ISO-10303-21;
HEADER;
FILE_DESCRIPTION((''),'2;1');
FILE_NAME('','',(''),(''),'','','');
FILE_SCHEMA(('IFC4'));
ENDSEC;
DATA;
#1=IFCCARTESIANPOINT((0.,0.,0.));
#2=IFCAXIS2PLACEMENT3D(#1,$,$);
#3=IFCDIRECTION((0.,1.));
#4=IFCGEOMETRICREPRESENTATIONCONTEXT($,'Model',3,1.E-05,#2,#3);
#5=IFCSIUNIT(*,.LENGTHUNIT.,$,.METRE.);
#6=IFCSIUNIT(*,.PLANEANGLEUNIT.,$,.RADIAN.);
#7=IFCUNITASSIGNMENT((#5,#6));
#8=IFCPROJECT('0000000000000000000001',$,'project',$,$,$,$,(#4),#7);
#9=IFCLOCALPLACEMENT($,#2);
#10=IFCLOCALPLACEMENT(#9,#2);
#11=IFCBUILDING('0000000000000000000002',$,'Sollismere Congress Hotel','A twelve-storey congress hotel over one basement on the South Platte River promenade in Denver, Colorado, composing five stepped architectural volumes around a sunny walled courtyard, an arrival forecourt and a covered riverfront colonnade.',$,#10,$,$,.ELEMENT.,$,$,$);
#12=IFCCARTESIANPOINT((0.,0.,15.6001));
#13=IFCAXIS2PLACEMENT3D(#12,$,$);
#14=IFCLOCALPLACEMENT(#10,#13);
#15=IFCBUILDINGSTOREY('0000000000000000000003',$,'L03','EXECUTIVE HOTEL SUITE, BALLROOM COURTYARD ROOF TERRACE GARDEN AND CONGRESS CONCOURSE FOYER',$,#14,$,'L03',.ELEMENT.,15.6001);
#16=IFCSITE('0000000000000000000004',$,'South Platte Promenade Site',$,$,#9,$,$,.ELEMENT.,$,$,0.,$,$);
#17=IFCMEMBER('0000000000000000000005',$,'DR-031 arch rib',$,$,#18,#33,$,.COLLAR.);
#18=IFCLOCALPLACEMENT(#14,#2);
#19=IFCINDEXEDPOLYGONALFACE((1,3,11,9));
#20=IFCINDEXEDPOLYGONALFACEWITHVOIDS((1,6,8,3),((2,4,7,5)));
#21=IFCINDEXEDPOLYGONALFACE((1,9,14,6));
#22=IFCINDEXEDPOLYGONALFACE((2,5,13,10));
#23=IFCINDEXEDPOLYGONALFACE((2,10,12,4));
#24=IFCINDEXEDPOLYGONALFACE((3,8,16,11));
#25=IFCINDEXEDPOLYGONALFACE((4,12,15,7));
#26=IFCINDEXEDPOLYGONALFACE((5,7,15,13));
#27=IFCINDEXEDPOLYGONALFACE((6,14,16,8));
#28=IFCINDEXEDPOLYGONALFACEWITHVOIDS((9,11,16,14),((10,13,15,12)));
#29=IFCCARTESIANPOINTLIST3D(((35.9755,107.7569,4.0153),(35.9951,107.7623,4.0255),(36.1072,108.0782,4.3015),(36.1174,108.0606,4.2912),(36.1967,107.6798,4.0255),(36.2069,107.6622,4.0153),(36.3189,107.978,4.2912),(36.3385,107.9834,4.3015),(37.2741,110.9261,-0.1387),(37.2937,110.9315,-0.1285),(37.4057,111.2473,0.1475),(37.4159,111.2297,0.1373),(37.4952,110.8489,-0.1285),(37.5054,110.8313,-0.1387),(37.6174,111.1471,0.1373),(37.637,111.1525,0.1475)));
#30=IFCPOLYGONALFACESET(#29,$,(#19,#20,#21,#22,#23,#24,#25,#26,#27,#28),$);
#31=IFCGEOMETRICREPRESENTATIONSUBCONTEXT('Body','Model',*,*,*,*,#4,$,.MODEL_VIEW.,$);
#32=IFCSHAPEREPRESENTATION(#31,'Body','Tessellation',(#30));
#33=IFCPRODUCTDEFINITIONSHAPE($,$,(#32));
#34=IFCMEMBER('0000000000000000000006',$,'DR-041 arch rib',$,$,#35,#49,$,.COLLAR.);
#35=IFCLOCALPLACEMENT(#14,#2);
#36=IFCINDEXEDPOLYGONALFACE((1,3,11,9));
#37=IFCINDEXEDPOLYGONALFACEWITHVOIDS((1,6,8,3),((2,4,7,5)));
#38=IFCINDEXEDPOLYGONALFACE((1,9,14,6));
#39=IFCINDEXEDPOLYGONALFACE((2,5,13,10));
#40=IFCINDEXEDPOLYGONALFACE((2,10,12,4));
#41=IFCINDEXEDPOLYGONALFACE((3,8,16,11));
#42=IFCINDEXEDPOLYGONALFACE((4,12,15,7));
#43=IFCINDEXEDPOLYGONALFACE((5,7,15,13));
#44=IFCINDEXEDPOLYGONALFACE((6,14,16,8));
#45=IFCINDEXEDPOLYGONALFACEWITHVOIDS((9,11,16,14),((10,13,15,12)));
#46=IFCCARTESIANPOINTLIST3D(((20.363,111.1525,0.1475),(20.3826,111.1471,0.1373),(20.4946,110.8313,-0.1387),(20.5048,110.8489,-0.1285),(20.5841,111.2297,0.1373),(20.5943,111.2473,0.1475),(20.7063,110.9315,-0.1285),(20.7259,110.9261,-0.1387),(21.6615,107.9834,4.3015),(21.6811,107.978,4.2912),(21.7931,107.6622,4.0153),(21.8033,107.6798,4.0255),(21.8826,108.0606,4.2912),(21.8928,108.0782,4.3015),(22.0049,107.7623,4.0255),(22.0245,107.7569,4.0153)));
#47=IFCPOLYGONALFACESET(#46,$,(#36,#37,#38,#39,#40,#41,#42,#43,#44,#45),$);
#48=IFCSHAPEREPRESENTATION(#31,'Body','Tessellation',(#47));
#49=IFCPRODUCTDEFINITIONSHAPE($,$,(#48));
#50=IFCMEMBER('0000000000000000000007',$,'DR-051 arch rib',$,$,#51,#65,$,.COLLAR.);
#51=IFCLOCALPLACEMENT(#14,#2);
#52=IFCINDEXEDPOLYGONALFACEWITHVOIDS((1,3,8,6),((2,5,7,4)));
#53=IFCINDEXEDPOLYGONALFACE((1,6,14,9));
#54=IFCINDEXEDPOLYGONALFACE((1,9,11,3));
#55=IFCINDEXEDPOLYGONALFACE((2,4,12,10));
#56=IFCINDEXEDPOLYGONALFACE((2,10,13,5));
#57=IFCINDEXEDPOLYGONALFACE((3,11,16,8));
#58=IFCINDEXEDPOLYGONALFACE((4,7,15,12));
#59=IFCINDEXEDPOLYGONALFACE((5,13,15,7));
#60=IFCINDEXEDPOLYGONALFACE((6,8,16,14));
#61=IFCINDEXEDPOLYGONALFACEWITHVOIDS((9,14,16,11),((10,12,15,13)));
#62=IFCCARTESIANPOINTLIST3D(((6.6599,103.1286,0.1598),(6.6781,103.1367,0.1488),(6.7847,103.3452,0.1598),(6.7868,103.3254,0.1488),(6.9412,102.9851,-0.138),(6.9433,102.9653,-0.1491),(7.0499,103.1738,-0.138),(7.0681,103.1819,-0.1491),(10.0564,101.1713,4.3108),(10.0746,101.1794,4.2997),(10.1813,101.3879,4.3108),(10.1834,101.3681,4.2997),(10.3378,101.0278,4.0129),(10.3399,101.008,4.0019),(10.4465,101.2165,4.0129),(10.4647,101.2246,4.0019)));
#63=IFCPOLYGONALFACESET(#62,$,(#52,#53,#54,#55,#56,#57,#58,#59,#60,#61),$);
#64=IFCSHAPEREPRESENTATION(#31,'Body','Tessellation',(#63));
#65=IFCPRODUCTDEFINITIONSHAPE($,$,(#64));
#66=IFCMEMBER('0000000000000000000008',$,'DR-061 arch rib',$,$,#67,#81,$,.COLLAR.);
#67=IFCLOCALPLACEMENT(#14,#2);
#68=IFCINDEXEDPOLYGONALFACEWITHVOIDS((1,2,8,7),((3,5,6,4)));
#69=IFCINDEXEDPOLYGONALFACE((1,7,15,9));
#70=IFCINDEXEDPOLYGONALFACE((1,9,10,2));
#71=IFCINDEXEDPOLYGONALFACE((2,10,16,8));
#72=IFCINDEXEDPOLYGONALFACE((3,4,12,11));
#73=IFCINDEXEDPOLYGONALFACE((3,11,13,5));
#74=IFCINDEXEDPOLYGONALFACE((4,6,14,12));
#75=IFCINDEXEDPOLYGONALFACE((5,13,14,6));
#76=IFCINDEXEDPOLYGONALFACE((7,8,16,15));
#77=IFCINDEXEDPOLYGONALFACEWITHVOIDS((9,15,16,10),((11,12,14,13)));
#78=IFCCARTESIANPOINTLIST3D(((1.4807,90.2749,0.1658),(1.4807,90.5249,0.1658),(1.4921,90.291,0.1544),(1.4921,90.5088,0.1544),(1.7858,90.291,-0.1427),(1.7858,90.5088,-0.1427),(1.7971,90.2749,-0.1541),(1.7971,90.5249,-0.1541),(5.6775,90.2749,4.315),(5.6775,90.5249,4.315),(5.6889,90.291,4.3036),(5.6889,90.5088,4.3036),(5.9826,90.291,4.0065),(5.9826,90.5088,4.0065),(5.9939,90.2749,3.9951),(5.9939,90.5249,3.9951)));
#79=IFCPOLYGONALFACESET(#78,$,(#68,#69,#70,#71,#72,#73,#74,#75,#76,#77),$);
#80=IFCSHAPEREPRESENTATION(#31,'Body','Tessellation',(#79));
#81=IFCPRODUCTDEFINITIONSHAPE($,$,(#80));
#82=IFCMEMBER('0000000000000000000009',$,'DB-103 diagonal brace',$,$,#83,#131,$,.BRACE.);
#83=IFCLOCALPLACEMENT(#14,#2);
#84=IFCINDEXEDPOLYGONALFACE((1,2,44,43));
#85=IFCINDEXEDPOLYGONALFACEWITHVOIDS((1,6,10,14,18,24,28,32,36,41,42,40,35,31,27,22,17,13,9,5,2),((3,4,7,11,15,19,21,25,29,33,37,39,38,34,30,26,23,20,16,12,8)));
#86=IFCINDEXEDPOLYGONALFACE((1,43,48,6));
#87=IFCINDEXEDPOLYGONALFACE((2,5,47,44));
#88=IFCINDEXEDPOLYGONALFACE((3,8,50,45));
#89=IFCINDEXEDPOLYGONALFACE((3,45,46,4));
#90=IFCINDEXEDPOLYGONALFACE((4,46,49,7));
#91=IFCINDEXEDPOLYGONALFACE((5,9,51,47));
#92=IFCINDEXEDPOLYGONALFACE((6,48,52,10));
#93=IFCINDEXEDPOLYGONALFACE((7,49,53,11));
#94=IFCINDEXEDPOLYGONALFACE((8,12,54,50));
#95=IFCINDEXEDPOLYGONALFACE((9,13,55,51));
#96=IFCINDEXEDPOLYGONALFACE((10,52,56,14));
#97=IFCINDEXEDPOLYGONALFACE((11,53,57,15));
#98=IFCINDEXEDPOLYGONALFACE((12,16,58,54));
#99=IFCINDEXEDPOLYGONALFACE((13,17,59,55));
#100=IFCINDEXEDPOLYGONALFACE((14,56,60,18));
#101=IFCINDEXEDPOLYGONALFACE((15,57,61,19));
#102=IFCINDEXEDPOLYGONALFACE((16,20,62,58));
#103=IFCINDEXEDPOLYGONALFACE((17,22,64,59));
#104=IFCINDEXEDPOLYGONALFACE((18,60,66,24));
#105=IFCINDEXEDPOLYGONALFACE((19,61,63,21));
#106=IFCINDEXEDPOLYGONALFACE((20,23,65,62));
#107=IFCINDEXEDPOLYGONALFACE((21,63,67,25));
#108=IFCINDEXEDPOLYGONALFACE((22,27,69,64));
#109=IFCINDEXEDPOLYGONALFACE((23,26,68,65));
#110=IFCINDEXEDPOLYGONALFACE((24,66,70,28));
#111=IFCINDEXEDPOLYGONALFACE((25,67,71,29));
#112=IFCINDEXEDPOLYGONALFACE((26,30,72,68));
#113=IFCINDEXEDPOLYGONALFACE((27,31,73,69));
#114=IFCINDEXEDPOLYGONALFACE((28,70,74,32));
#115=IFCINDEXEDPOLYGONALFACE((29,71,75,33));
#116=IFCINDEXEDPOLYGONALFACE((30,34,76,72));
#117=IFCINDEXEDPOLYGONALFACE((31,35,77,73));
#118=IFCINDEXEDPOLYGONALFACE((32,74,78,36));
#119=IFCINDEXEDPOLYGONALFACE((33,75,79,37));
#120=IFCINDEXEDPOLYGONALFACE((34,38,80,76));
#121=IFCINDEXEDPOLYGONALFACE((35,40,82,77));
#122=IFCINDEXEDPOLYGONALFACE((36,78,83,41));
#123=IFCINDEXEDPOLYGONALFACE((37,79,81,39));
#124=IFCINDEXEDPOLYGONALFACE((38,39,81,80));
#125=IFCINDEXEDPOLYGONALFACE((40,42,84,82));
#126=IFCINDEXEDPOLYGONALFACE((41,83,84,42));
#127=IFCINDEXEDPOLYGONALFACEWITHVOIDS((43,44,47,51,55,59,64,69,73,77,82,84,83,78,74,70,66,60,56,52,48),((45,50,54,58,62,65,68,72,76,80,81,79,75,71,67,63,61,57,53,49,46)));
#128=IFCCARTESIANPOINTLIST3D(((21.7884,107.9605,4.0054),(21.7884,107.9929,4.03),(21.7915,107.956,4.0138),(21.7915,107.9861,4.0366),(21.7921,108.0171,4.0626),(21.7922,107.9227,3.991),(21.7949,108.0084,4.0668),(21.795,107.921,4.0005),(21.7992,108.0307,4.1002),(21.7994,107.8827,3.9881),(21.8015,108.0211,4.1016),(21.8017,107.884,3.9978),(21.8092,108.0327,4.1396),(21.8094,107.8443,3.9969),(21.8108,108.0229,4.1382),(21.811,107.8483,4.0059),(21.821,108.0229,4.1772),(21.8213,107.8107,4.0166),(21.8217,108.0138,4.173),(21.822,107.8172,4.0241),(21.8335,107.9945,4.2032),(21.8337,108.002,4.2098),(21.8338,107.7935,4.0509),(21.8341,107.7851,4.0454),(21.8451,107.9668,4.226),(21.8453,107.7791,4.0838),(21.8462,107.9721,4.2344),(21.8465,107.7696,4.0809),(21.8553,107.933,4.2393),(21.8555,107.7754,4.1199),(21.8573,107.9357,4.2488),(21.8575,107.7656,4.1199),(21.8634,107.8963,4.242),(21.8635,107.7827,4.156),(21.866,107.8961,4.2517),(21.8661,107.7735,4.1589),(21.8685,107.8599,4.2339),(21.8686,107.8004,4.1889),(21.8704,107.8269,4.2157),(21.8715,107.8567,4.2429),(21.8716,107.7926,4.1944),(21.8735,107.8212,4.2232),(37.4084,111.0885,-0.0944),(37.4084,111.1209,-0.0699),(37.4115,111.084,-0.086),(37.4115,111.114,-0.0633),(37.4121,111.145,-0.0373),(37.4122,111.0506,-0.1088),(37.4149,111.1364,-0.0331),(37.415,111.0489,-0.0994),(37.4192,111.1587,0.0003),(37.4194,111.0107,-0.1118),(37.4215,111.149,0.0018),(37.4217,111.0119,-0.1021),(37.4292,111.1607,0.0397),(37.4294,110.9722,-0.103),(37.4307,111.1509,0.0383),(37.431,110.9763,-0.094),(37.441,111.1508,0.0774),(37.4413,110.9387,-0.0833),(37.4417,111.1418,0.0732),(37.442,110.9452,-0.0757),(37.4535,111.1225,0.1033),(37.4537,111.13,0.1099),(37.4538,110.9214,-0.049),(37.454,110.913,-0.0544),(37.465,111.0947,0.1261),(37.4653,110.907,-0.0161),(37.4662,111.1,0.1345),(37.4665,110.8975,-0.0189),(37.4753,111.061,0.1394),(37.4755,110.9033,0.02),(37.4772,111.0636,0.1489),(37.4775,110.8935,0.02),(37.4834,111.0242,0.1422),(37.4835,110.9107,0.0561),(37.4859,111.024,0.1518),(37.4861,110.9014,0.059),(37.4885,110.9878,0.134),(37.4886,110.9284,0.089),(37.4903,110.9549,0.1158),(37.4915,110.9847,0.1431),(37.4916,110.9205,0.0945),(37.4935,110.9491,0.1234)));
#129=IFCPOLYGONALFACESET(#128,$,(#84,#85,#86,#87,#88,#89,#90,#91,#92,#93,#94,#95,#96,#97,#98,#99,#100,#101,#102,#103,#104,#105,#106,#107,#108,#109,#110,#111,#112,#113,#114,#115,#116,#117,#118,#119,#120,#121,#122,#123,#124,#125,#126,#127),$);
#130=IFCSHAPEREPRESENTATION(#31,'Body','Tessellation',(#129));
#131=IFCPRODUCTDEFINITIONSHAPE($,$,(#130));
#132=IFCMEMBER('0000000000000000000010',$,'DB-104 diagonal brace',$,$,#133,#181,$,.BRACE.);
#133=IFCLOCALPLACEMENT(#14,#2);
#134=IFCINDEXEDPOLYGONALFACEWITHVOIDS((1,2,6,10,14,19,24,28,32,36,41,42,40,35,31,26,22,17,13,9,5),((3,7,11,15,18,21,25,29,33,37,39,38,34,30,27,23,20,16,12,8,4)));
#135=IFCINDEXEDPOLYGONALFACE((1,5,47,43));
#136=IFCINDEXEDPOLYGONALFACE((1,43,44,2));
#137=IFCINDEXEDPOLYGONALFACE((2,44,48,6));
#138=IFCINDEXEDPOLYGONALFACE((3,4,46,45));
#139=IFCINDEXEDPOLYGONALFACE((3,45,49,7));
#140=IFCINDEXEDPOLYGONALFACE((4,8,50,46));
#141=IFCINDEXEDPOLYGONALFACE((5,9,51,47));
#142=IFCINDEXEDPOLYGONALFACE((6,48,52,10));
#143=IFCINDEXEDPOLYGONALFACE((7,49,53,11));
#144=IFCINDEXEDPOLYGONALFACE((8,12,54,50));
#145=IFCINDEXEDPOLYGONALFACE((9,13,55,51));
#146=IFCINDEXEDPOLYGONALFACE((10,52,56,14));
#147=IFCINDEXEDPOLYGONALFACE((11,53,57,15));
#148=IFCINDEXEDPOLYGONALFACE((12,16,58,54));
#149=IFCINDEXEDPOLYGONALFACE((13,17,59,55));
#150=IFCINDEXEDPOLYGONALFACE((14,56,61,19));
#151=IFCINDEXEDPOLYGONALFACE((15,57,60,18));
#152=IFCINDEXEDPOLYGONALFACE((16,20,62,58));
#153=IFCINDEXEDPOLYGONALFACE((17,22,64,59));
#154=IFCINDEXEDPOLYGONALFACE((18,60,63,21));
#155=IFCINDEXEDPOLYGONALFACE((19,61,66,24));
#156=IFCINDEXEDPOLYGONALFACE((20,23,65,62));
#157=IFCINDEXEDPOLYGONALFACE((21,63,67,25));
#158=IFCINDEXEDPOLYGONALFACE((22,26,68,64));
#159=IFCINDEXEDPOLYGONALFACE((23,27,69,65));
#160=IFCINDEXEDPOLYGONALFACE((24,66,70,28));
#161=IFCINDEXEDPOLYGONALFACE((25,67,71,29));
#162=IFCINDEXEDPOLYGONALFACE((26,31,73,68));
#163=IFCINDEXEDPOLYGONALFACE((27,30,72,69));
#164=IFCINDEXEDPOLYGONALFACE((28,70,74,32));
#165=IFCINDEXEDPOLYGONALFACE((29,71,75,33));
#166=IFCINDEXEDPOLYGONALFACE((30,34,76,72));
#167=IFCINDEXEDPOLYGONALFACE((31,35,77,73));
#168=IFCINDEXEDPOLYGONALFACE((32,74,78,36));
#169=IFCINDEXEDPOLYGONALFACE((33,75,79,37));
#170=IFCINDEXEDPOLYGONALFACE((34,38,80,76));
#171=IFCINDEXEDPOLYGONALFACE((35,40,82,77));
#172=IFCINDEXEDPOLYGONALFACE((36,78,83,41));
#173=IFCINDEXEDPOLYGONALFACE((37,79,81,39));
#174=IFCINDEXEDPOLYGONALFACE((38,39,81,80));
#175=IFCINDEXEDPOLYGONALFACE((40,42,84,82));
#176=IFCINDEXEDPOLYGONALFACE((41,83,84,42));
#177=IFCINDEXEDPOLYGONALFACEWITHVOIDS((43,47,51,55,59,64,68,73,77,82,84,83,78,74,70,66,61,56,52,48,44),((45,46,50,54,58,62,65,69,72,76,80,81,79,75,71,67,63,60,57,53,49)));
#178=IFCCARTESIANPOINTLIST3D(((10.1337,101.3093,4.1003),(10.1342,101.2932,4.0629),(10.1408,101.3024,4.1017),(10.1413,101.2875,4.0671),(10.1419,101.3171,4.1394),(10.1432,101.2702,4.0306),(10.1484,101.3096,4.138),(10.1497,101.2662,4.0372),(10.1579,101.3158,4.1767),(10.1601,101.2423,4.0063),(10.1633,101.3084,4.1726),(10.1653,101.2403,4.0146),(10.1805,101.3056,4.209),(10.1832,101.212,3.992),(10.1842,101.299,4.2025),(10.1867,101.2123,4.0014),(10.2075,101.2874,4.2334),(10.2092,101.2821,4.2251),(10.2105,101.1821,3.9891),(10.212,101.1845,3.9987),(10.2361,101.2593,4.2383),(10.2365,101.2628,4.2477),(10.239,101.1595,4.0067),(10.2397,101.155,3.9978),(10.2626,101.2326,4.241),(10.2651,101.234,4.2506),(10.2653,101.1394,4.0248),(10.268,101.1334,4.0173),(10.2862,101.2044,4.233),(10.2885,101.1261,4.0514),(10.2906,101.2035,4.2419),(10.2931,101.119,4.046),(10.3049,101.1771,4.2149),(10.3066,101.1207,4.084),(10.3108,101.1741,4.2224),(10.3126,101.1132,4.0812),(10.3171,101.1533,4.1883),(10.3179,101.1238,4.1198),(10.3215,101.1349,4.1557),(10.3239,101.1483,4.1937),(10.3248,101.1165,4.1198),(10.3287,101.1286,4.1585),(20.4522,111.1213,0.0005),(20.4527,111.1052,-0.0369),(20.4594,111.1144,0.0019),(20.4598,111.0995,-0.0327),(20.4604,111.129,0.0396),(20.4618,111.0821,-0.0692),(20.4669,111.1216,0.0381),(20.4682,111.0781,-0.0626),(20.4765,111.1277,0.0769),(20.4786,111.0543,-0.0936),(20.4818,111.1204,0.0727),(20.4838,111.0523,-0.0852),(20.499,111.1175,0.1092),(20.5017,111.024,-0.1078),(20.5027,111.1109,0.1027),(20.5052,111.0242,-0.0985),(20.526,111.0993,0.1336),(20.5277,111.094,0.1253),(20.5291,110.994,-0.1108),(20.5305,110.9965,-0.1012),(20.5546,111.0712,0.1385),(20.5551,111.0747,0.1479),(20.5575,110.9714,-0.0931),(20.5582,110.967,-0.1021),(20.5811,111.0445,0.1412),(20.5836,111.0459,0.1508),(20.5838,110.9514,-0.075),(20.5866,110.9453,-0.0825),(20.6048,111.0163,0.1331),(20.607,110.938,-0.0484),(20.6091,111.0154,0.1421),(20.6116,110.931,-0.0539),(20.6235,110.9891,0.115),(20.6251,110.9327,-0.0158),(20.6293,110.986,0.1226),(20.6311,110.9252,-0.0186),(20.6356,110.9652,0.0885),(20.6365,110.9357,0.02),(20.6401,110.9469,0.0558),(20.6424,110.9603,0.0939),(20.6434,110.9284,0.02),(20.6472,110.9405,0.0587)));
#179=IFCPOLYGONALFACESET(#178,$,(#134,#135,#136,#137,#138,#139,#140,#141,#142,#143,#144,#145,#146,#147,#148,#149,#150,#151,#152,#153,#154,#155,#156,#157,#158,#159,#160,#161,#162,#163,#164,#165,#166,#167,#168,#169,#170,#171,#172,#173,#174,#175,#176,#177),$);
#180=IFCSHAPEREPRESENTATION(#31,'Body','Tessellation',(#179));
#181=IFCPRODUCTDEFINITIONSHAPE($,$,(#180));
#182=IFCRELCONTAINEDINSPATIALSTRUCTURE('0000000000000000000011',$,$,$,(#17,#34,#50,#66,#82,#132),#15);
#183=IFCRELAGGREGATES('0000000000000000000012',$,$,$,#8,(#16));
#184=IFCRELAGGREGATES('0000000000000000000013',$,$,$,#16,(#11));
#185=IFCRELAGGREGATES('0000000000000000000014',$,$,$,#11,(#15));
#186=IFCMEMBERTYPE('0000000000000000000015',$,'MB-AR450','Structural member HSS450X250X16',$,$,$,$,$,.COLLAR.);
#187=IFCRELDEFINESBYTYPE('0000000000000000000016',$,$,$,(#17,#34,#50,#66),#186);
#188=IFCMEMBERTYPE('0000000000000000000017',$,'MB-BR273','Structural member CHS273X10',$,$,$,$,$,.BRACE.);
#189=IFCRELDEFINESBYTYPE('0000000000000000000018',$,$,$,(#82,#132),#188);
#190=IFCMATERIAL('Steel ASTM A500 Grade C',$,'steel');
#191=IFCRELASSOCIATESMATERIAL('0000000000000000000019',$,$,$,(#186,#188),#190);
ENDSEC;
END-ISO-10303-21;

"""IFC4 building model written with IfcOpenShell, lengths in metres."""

from ifc_helpers import new_model, si_unit, direction, frame, origin, origin_2d, place, context, subcontext, project, spatial, hollow_rectangle, hollow_circle, extrude, material, material_profile, profile_set, type_object, element, save


model = new_model("IFC4")

# Units and contexts
model_context = context("Model", 3, precision=1e-05, world=origin(), true_north=direction((0.0, 1.0)))
body_context = subcontext(model_context, "Body", "Model", "MODEL_VIEW")
ifc_project = project(units=[si_unit("LENGTHUNIT", "METRE"), si_unit("PLANEANGLEUNIT", "RADIAN")], contexts=[model_context])

# Site, building, storey
site_placement = place(None, origin())
site = spatial("IfcSite", under=ifc_project, at=site_placement, Name="South Platte Promenade Site", CompositionType="ELEMENT", RefElevation=0.0)
building_placement = place(site_placement, origin())
building = spatial("IfcBuilding", under=site, at=building_placement, Name="Sollismere Congress Hotel", Description="A twelve-storey congress hotel over one basement on the South Platte River promenade in Denver, Colorado, composing five stepped architectural volumes around a sunny walled courtyard, an arrival forecourt and a covered riverfront colonnade.", CompositionType="ELEMENT")
storey_placement = place(building_placement, frame((0.0, 0.0, 15.6001)))
storey = spatial("IfcBuildingStorey", under=building, at=storey_placement, Name="L03", Description="EXECUTIVE HOTEL SUITE, BALLROOM COURTYARD ROOF TERRACE GARDEN AND CONGRESS CONCOURSE FOYER", LongName="L03", CompositionType="ELEMENT", Elevation=15.6001)

# Members
ifc_material_1 = material(Name="Steel ASTM A500 Grade C", Category="steel")
ifc_material_profile_1 = material_profile(ifc_material_1, hollow_rectangle(XDim=0.25, YDim=0.45, WallThickness=0.0161, at=origin_2d()), Name="HSS450X250X16")
ifc_profile_set_1 = profile_set([ifc_material_profile_1], Name="Steel ASTM A500 Grade C")
member_type_1 = type_object("IfcMemberType", Name="MB-AR450", Description="Structural member HSS450X250X16", PredefinedType="COLLAR", material=ifc_profile_set_1)
for number, where, z_axis, x_axis, name in (
    (1, (37.4556, 111.0393, 0.0044), (-0.241198, -0.588643, 0.771571), (0.925332, -0.379157, 0.0), "DR-031 arch rib"),
    (2, (20.5444, 111.0393, 0.0044), (0.241198, -0.588643, 0.771571), (0.925332, 0.379157, 0.0), "DR-041 arch rib"),
):
    element("IfcMember", number, at=place(storey_placement, frame(where, z_axis=z_axis, x_axis=x_axis)), inside=storey, type_object=member_type_1, Name=name, PredefinedType="COLLAR", context=body_context, shape_type="SweptSolid", body=[
        extrude(hollow_rectangle(XDim=0.25, YDim=0.45, WallThickness=0.0161, at=origin_2d()), origin(), (0.0, 0.0, 1.0), 5.3838),
    ])
member_1_placement = place(storey_placement, frame((6.864, 103.1553, 0.0054), z_axis=(0.594897, -0.342819, 0.72703), x_axis=(0.499295, 0.866432, 0.0)))
element("IfcMember", 3, at=member_1_placement, inside=storey, type_object=member_type_1, Name="DR-051 arch rib", PredefinedType="COLLAR", context=body_context, shape_type="SweptSolid", body=[
    extrude(hollow_rectangle(XDim=0.25, YDim=0.45, WallThickness=0.0161, at=origin_2d()), origin(), (0.0, 0.0, 1.0), 5.7095),
])
member_2_placement = place(storey_placement, frame((1.6389, 90.3999, 0.0059), z_axis=(0.711129, 0.0, 0.703062), x_axis=(0.0, 1.0, 0.0)))
element("IfcMember", 4, at=member_2_placement, inside=storey, type_object=member_type_1, Name="DR-061 arch rib", PredefinedType="COLLAR", context=body_context, shape_type="SweptSolid", body=[
    extrude(hollow_rectangle(XDim=0.25, YDim=0.45, WallThickness=0.0161, at=origin_2d()), origin(), (0.0, 0.0, 1.0), 5.9016),
])
ifc_material_profile_2 = material_profile(ifc_material_1, hollow_circle(Radius=0.1365, WallThickness=0.01, at=origin_2d()), Name="CHS273X10")
ifc_profile_set_2 = profile_set([ifc_material_profile_2], Name="Steel ASTM A500 Grade C")
member_type_2 = type_object("IfcMemberType", Name="MB-BR273", Description="Structural member CHS273X10", PredefinedType="BRACE", material=ifc_profile_set_2)
member_3_placement = place(storey_placement, frame((37.4507, 111.0273, 0.02), z_axis=(-0.949588, -0.190158, 0.249245), x_axis=(0.196355, -0.980533, 0.0)))
element("IfcMember", 5, at=member_3_placement, inside=storey, type_object=member_type_2, Name="DB-103 diagonal brace", PredefinedType="BRACE", context=body_context, shape_type="SweptSolid", body=[
    extrude(hollow_circle(Radius=0.1365, WallThickness=0.01, at=origin_2d()), origin(), (0.0, 0.0, 1.0), 16.4492),
])
member_4_placement = place(storey_placement, frame((20.5493, 111.0273, 0.02), z_axis=(-0.69638, -0.662191, 0.27669), x_axis=(0.689094, -0.724672, 0.0)))
element("IfcMember", 6, at=member_4_placement, inside=storey, type_object=member_type_2, Name="DB-104 diagonal brace", PredefinedType="BRACE", context=body_context, shape_type="SweptSolid", body=[
    extrude(hollow_circle(Radius=0.1365, WallThickness=0.01, at=origin_2d()), origin(), (0.0, 0.0, 1.0), 14.8174),
])

save(model, "model.ifc")
